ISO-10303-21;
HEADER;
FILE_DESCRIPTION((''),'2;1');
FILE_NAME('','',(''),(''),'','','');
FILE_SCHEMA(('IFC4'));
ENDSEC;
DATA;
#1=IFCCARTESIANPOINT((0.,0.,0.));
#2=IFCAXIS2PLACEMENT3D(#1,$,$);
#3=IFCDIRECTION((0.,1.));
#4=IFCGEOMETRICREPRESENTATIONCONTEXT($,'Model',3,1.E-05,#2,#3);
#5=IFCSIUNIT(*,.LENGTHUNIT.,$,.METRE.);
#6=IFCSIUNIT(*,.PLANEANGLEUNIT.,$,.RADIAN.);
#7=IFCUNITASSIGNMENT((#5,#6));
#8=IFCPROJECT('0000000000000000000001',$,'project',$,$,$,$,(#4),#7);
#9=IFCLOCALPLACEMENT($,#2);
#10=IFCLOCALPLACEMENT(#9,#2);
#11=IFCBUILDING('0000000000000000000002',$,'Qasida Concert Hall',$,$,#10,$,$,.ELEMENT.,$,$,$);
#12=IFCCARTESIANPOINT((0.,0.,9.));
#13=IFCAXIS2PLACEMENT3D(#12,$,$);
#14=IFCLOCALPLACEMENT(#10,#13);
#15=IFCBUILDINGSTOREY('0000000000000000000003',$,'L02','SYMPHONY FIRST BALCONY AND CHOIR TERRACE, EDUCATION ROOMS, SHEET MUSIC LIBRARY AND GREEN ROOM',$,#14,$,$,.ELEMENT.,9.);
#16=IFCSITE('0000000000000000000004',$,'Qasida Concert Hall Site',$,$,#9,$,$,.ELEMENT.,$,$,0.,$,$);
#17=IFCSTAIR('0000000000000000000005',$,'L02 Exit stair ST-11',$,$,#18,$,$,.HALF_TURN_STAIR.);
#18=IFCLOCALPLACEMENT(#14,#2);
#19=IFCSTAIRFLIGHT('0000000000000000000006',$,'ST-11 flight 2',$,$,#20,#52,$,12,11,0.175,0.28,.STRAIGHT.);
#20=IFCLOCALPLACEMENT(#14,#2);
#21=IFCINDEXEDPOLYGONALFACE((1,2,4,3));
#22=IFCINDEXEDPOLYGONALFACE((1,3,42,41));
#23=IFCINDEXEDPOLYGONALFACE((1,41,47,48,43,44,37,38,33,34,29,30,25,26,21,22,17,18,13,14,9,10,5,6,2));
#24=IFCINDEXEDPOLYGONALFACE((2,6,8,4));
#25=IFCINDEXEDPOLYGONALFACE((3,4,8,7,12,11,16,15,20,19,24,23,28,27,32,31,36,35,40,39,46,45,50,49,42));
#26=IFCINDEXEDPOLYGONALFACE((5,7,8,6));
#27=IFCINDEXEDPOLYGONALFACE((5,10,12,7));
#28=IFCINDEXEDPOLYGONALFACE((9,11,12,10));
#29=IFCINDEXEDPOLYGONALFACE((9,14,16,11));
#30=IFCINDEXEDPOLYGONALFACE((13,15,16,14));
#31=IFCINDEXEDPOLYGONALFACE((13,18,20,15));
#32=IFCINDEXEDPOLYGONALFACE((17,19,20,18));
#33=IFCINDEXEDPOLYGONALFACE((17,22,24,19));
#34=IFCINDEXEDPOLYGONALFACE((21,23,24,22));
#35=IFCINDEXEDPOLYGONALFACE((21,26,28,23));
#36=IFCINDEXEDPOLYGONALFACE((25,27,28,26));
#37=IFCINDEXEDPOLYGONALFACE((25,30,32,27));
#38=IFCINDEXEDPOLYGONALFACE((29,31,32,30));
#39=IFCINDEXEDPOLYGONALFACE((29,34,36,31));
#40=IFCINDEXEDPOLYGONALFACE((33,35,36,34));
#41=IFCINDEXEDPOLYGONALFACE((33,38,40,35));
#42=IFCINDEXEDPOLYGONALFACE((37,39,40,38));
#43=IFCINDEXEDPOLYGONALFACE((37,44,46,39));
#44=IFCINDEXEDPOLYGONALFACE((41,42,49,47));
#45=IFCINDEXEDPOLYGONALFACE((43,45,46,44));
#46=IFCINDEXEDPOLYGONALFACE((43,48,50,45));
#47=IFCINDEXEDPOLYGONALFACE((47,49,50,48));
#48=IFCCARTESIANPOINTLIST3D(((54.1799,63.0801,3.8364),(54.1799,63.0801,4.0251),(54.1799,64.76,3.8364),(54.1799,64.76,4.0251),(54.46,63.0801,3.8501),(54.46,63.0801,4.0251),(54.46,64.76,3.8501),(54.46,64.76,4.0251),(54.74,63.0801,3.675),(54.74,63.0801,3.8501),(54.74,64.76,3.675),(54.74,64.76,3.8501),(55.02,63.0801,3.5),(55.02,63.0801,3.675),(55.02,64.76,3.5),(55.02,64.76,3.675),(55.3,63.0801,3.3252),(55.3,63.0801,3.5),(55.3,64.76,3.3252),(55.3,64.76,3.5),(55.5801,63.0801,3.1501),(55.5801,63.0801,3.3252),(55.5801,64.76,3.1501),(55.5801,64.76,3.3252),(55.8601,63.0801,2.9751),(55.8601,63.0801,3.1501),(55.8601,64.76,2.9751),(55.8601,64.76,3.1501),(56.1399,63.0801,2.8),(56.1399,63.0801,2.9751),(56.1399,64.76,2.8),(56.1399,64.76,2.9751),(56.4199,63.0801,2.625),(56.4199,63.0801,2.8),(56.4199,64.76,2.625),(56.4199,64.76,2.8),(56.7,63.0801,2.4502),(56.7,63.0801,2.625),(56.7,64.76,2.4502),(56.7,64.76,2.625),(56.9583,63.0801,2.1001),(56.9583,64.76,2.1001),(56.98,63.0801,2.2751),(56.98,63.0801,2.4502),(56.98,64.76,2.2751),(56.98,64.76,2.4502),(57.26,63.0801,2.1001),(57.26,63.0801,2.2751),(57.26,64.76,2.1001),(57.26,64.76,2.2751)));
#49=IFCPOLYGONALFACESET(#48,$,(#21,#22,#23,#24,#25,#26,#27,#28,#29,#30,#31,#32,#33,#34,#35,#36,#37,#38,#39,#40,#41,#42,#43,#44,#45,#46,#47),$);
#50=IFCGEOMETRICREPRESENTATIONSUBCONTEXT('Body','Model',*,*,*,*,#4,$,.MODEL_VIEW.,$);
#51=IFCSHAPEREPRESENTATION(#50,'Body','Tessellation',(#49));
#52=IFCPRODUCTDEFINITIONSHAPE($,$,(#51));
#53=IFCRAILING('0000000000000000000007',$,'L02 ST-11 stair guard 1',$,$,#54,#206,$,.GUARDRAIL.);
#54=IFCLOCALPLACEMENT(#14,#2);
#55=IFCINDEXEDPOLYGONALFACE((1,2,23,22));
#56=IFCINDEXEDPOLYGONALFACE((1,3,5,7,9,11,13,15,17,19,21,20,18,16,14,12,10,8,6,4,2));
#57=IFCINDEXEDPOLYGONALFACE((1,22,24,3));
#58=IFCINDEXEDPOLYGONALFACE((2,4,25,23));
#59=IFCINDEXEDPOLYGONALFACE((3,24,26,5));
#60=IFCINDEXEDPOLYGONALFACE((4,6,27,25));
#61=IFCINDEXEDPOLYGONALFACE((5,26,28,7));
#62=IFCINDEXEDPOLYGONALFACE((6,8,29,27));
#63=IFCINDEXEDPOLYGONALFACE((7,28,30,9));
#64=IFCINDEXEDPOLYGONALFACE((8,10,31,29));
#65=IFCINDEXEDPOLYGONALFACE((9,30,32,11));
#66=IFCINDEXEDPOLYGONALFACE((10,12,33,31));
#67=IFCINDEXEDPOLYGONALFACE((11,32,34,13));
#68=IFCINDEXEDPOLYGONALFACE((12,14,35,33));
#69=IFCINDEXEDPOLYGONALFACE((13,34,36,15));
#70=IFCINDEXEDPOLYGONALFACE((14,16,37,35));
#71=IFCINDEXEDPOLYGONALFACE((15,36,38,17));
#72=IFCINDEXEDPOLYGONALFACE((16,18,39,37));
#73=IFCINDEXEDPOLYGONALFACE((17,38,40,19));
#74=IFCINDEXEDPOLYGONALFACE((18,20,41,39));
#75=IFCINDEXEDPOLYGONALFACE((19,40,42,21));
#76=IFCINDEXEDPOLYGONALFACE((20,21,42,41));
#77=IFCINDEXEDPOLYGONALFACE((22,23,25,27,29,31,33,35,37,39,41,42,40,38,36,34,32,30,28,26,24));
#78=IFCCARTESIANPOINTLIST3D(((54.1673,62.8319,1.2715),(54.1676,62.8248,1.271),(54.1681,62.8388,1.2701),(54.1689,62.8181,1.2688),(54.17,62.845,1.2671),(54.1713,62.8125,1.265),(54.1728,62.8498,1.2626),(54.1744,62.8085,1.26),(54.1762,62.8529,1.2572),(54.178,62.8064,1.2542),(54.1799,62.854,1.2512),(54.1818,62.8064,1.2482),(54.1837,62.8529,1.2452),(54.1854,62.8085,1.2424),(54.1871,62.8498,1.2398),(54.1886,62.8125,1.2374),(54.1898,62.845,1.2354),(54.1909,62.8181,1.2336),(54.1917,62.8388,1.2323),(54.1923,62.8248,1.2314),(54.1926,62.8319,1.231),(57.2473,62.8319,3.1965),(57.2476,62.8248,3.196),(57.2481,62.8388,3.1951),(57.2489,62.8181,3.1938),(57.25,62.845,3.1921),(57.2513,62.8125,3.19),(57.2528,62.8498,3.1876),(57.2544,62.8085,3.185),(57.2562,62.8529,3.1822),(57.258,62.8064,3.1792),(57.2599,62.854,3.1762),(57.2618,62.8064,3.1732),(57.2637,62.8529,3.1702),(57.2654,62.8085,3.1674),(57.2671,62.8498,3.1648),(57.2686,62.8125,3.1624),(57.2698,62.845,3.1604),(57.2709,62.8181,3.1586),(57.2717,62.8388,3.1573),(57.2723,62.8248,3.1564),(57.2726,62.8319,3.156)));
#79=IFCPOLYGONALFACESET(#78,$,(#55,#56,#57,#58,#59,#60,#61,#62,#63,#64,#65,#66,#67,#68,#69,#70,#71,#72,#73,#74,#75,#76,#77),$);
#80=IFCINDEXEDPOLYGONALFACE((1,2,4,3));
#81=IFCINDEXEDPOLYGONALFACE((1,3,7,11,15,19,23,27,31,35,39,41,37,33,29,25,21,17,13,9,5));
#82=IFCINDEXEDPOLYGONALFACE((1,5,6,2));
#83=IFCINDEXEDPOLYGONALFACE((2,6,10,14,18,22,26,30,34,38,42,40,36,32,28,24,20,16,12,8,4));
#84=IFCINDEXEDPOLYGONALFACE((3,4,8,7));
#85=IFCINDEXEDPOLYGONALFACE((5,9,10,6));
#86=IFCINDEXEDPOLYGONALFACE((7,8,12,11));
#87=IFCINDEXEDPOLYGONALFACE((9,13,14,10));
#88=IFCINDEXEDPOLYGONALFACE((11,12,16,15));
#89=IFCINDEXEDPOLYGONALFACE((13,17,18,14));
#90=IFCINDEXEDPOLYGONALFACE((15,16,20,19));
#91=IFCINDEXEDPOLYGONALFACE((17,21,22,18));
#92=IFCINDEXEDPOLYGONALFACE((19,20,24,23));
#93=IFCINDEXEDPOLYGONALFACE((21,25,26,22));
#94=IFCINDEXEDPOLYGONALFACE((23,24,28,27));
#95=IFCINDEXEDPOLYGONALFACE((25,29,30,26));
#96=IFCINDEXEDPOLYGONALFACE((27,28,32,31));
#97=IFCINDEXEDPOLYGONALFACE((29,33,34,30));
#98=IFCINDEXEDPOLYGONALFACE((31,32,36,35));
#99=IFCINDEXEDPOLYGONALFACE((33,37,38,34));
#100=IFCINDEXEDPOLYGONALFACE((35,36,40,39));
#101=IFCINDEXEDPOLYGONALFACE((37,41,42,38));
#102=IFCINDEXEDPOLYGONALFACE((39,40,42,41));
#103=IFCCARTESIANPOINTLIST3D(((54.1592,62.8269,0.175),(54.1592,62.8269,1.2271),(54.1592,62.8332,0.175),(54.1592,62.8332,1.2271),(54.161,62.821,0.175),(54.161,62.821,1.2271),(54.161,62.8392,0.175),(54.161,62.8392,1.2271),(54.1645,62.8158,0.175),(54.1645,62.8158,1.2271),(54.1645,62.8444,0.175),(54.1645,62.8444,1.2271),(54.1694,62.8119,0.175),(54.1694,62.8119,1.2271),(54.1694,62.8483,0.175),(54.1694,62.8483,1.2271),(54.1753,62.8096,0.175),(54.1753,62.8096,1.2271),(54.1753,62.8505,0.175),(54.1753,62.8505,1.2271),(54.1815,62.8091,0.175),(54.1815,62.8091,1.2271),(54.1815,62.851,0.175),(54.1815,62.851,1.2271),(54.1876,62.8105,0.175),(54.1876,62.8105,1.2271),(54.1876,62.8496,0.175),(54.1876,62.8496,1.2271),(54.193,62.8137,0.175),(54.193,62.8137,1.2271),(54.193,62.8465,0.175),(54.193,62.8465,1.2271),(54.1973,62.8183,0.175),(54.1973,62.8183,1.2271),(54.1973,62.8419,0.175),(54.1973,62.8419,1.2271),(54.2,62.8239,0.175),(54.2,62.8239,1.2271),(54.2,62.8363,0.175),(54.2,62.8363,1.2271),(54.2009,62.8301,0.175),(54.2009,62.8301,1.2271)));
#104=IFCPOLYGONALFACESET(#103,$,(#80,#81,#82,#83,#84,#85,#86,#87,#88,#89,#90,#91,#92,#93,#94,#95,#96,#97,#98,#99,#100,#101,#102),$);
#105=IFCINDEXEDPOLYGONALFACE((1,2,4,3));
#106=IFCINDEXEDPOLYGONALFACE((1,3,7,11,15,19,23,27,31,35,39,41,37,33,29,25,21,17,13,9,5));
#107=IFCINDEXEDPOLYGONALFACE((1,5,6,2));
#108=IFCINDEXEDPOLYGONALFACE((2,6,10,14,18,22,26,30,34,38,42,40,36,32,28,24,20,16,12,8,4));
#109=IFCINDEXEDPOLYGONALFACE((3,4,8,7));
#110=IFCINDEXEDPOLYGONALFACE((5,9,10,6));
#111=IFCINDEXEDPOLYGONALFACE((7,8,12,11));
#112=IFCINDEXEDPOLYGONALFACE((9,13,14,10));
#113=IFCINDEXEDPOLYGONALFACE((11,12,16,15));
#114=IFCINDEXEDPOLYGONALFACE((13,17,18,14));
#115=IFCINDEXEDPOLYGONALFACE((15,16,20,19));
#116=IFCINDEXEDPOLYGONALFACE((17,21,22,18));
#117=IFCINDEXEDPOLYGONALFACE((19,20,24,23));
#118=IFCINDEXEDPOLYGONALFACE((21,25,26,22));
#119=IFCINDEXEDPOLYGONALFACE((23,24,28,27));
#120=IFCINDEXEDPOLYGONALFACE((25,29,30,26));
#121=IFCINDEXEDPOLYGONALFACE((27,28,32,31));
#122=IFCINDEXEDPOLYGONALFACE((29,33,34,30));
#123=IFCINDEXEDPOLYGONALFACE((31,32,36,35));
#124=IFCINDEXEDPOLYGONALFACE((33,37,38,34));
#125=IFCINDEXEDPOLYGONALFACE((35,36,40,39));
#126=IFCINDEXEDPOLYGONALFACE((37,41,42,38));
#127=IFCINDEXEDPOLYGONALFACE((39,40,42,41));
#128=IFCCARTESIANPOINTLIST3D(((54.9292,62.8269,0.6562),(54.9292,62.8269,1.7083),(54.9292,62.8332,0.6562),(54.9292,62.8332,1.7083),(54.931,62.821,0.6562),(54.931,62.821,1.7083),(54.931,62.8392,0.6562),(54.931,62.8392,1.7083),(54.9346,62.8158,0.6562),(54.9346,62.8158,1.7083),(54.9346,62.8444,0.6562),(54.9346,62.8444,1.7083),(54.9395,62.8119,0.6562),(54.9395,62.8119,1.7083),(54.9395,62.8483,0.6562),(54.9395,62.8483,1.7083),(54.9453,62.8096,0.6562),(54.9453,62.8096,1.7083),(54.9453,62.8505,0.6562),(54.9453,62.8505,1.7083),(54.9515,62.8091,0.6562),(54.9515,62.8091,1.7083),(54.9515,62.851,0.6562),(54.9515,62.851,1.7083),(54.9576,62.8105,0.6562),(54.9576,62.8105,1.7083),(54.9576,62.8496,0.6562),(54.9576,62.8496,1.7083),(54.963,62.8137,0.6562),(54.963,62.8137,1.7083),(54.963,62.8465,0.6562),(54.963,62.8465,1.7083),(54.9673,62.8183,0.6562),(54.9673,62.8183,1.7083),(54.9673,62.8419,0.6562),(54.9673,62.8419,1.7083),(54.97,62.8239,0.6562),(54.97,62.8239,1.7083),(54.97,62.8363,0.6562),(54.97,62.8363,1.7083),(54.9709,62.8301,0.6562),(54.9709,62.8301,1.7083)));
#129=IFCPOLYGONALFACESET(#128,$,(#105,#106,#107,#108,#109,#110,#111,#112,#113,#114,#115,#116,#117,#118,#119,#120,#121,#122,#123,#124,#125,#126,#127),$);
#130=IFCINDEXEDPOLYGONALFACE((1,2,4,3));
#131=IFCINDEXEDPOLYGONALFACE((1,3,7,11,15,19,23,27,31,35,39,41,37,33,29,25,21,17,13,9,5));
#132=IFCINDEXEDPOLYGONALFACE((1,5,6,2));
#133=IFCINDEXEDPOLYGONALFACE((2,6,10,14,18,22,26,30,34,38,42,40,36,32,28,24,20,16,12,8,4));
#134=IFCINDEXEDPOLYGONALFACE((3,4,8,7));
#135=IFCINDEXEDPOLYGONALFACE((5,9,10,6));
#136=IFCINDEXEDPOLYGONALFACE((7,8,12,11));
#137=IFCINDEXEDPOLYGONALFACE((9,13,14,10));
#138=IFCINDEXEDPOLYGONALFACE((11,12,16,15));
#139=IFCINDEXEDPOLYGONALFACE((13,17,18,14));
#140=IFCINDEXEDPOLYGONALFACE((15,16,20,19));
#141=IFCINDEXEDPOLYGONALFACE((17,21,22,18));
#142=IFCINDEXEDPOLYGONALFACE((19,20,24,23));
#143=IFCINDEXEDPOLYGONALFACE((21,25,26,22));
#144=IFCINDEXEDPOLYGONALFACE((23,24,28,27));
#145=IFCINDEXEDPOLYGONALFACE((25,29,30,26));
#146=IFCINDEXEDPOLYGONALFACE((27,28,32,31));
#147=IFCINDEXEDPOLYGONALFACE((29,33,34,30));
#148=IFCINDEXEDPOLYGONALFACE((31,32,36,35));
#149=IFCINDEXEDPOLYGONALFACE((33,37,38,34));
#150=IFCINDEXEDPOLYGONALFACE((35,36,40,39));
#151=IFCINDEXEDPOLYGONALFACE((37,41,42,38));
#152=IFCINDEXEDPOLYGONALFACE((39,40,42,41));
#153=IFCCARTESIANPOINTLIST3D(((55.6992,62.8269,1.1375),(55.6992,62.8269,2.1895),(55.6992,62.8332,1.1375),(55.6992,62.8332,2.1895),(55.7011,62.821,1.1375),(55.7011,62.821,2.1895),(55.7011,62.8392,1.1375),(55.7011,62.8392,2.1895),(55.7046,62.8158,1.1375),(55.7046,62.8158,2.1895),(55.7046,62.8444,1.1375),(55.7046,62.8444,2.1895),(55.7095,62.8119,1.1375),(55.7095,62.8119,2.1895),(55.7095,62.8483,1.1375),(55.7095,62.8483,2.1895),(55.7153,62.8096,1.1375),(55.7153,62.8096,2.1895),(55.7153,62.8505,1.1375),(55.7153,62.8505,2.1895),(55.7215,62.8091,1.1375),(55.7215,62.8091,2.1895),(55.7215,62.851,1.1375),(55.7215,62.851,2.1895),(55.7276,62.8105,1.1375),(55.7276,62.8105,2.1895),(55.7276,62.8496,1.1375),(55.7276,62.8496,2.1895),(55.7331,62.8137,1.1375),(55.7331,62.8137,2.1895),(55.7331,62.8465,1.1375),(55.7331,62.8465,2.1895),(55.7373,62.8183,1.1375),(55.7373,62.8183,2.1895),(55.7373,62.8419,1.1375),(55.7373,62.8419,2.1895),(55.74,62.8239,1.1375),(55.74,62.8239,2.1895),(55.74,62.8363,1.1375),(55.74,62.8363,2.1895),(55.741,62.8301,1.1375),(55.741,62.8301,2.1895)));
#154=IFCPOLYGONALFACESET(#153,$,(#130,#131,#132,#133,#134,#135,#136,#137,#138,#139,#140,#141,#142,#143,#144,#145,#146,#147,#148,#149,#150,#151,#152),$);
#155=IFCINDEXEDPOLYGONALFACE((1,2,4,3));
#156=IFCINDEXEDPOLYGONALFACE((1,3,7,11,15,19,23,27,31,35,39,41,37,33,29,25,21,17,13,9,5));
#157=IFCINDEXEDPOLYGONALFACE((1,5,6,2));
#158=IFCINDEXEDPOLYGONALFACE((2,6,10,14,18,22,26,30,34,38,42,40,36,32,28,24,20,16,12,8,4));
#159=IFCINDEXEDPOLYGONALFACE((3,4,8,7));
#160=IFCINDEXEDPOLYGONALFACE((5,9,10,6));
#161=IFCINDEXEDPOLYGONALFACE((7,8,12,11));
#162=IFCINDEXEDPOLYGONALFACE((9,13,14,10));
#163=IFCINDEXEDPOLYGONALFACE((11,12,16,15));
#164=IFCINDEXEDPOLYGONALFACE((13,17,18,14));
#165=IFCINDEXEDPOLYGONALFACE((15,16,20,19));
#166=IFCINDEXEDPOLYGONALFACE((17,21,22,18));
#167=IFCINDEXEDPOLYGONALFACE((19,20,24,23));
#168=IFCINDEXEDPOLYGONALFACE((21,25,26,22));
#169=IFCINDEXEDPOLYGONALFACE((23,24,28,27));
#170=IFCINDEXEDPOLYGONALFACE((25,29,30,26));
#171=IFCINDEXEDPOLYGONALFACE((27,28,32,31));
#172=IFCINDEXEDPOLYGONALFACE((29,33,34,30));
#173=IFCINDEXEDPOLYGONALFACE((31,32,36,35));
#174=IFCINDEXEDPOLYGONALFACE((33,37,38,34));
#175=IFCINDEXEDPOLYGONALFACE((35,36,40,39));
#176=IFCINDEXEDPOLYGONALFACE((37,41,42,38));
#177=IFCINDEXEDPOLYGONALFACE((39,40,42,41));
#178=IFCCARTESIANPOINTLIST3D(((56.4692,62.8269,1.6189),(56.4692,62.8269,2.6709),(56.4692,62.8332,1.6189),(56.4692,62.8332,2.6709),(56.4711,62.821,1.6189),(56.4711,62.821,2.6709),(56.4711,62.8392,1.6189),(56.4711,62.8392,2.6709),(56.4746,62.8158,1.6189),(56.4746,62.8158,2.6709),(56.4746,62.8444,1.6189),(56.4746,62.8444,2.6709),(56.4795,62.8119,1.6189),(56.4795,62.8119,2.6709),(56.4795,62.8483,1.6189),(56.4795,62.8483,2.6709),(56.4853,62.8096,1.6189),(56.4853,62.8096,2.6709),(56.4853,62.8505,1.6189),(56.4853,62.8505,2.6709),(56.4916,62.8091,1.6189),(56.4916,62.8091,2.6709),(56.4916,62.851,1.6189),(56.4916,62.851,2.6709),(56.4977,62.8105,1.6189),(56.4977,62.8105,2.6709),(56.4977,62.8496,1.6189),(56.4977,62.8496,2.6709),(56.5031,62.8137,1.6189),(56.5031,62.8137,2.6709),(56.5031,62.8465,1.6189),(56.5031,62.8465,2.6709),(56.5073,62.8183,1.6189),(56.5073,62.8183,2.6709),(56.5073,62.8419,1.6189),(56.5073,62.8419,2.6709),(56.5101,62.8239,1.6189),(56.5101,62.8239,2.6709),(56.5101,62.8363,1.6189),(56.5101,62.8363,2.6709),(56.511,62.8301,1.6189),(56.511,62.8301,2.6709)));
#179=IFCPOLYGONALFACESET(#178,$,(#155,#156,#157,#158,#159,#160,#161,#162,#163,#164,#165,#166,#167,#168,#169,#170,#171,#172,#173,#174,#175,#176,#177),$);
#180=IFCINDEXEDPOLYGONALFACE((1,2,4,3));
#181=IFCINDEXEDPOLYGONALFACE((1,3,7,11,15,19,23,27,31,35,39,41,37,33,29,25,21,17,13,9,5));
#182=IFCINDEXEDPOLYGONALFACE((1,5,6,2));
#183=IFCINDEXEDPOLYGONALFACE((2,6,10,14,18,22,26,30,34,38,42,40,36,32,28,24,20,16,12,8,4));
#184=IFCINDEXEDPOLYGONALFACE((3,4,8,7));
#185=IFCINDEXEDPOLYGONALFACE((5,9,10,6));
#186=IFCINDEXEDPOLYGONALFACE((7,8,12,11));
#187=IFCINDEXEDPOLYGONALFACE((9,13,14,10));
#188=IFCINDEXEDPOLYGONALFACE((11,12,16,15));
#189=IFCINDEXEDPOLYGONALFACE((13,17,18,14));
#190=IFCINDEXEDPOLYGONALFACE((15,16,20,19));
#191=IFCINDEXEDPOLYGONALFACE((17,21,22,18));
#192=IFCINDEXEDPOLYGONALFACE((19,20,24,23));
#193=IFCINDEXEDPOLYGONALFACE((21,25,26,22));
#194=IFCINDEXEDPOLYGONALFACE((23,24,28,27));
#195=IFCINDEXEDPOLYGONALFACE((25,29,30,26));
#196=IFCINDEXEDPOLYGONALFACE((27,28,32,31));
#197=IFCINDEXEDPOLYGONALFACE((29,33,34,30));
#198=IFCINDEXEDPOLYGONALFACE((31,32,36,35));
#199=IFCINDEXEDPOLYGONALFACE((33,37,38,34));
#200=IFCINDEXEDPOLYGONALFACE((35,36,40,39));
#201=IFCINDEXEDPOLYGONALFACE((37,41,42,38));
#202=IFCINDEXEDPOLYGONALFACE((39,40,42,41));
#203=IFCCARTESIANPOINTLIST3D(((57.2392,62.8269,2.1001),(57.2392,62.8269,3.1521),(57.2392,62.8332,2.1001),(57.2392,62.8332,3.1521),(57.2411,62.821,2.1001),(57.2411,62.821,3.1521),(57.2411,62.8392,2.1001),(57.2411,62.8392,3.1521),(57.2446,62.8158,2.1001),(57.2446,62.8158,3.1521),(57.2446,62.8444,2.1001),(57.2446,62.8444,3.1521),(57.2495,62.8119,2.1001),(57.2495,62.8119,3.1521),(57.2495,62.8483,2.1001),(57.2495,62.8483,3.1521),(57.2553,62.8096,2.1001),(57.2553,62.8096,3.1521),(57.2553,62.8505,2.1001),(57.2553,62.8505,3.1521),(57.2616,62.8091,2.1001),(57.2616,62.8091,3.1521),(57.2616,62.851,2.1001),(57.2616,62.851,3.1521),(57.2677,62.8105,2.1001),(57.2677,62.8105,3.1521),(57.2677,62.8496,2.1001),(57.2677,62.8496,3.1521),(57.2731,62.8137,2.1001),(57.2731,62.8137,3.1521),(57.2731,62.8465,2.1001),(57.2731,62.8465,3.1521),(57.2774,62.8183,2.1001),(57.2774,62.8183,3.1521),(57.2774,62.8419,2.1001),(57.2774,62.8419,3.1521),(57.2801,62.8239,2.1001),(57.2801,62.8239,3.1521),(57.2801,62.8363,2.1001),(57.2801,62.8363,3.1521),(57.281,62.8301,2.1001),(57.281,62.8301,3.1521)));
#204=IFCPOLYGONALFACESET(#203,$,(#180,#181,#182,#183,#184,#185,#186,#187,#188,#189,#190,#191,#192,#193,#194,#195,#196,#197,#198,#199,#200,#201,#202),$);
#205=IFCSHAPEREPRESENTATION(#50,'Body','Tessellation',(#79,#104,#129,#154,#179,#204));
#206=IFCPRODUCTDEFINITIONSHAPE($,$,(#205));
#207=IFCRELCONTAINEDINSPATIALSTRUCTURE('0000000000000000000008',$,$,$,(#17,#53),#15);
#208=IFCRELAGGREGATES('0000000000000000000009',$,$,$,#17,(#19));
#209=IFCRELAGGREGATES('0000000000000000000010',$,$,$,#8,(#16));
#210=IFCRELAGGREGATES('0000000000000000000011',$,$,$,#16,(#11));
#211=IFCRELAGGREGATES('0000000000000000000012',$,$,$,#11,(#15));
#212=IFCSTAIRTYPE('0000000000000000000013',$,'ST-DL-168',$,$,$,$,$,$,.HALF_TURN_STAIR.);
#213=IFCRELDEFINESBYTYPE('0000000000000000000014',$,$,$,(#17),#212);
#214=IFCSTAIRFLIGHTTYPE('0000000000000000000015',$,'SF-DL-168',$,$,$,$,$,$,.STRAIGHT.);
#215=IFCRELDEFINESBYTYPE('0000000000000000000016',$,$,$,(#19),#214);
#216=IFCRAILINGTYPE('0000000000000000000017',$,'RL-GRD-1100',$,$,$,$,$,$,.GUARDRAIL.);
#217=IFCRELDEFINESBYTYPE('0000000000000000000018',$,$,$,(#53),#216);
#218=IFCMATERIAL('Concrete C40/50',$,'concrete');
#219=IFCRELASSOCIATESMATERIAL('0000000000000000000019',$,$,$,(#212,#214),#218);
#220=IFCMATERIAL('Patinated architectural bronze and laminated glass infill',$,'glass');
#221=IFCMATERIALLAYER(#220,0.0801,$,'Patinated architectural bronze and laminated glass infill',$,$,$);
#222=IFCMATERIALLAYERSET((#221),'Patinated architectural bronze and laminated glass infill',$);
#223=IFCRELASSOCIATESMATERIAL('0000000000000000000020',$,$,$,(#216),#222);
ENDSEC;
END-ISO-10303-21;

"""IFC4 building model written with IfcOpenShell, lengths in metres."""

from ifc_helpers import new_model, si_unit, direction, frame, origin, origin_2d, place, context, subcontext, project, spatial, polyline, circle, outline, extrude, material, layer, layer_set, type_object, element, aggregate, save


model = new_model("IFC4")

# Units and contexts
model_context = context("Model", 3, precision=1e-05, world=origin(), true_north=direction((0.0, 1.0)))
body_context = subcontext(model_context, "Body", "Model", "MODEL_VIEW")
ifc_project = project(units=[si_unit("LENGTHUNIT", "METRE"), si_unit("PLANEANGLEUNIT", "RADIAN")], contexts=[model_context])

# Site, building, storey
site_placement = place(None, origin())
site = spatial("IfcSite", under=ifc_project, at=site_placement, Name="Qasida Concert Hall Site", CompositionType="ELEMENT", RefElevation=0.0)
building_placement = place(site_placement, origin())
building = spatial("IfcBuilding", under=site, at=building_placement, Name="Qasida Concert Hall", CompositionType="ELEMENT")
storey_placement = place(building_placement, frame((0.0, 0.0, 9.0)))
storey = spatial("IfcBuildingStorey", under=building, at=storey_placement, Name="L02", Description="SYMPHONY FIRST BALCONY AND CHOIR TERRACE, EDUCATION ROOMS, SHEET MUSIC LIBRARY AND GREEN ROOM", CompositionType="ELEMENT", Elevation=9.0)

# Shared definitions
ifc_material_1 = material(Name="Concrete C40/50", Category="concrete")

# Stair, stair flight
stair_type = type_object("IfcStairType", Name="ST-DL-168", PredefinedType="HALF_TURN_STAIR", material=ifc_material_1)
stair_placement = place(storey_placement, origin())
stair = element("IfcStair", 1, at=stair_placement, inside=storey, type_object=stair_type, Name="L02 Exit stair ST-11", PredefinedType="HALF_TURN_STAIR")
stair_flight_type = type_object("IfcStairFlightType", Name="SF-DL-168", PredefinedType="STRAIGHT", material=ifc_material_1)
stair_flight_1_placement = place(storey_placement, frame((57.26, 63.9199, 2.1001), z_axis=(0.0, 0.0, 1.0), x_axis=(-1.0, 0.0, 0.0)))
stair_flight_1 = element("IfcStairFlight", 2, at=stair_flight_1_placement, type_object=stair_flight_type, Name="ST-11 flight 2", NumberOfRisers=12, NumberOfTreads=11, PredefinedType="STRAIGHT", RiserHeight=0.175, TreadLength=0.28, context=body_context, shape_type="SweptSolid", body=[
    extrude(outline(polyline([(0.0, 0.0), (0.0, 0.175), (0.28, 0.175), (0.28, 0.3501), (0.5601, 0.3501), (0.5601, 0.5249), (0.8401, 0.5249), (0.8401, 0.7), (1.1201, 0.7), (1.1201, 0.875), (1.3999, 0.875), (1.3999, 1.05), (1.6799, 1.05), (1.6799, 1.2251), (1.96, 1.2251), (1.96, 1.3999), (2.24, 1.3999), (2.24, 1.575), (2.52, 1.575), (2.52, 1.75), (2.8, 1.75), (2.8, 1.925), (3.0801, 1.925), (3.0801, 2.1001), (3.0801, 1.7363), (0.3018, 0.0), (0.0, 0.0)])), frame((0.0, 0.8398, 0.0), z_axis=(0.0, -1.0, 0.0), x_axis=(1.0, 0.0, 0.0)), (0.0, 0.0, 1.0), 1.6799),
])
aggregate(stair, [stair_flight_1])

# Railing
ifc_material_2 = material(Name="Patinated architectural bronze and laminated glass infill", Category="glass")
ifc_layer_1 = layer(ifc_material_2, 0.0801, Name="Patinated architectural bronze and laminated glass infill")
ifc_layer_set_1 = layer_set([ifc_layer_1], Name="Patinated architectural bronze and laminated glass infill")
railing_type_1 = type_object("IfcRailingType", Name="RL-GRD-1100", PredefinedType="GUARDRAIL", material=ifc_layer_set_1)
railing_1_placement = place(storey_placement, frame((54.1799, 62.8301, 0.175)))
element("IfcRailing", 3, at=railing_1_placement, inside=storey, type_object=railing_type_1, Name="L02 ST-11 stair guard 1", PredefinedType="GUARDRAIL", context=body_context, shape_type="SweptSolid", body=[
    extrude(circle(Radius=0.0239, at=origin_2d()), frame((0.0, 0.0, 1.0762), z_axis=(0.847998, 0.0, 0.529999), x_axis=(0.0, 1.0, 0.0)), (0.0, 0.0, 1.0), 3.6321),
    extrude(circle(Radius=0.021, at=origin_2d()), origin(), (0.0, 0.0, 1.0), 1.052),
    extrude(circle(Radius=0.021, at=origin_2d()), frame((0.77, 0.0, 0.4812)), (0.0, 0.0, 1.0), 1.052),
    extrude(circle(Radius=0.021, at=origin_2d()), frame((1.54, 0.0, 0.9624)), (0.0, 0.0, 1.0), 1.052),
    extrude(circle(Radius=0.021, at=origin_2d()), frame((2.3101, 0.0, 1.4438)), (0.0, 0.0, 1.0), 1.052),
    extrude(circle(Radius=0.021, at=origin_2d()), frame((3.0801, 0.0, 1.925)), (0.0, 0.0, 1.0), 1.052),
])

save(model, "model.ifc")
